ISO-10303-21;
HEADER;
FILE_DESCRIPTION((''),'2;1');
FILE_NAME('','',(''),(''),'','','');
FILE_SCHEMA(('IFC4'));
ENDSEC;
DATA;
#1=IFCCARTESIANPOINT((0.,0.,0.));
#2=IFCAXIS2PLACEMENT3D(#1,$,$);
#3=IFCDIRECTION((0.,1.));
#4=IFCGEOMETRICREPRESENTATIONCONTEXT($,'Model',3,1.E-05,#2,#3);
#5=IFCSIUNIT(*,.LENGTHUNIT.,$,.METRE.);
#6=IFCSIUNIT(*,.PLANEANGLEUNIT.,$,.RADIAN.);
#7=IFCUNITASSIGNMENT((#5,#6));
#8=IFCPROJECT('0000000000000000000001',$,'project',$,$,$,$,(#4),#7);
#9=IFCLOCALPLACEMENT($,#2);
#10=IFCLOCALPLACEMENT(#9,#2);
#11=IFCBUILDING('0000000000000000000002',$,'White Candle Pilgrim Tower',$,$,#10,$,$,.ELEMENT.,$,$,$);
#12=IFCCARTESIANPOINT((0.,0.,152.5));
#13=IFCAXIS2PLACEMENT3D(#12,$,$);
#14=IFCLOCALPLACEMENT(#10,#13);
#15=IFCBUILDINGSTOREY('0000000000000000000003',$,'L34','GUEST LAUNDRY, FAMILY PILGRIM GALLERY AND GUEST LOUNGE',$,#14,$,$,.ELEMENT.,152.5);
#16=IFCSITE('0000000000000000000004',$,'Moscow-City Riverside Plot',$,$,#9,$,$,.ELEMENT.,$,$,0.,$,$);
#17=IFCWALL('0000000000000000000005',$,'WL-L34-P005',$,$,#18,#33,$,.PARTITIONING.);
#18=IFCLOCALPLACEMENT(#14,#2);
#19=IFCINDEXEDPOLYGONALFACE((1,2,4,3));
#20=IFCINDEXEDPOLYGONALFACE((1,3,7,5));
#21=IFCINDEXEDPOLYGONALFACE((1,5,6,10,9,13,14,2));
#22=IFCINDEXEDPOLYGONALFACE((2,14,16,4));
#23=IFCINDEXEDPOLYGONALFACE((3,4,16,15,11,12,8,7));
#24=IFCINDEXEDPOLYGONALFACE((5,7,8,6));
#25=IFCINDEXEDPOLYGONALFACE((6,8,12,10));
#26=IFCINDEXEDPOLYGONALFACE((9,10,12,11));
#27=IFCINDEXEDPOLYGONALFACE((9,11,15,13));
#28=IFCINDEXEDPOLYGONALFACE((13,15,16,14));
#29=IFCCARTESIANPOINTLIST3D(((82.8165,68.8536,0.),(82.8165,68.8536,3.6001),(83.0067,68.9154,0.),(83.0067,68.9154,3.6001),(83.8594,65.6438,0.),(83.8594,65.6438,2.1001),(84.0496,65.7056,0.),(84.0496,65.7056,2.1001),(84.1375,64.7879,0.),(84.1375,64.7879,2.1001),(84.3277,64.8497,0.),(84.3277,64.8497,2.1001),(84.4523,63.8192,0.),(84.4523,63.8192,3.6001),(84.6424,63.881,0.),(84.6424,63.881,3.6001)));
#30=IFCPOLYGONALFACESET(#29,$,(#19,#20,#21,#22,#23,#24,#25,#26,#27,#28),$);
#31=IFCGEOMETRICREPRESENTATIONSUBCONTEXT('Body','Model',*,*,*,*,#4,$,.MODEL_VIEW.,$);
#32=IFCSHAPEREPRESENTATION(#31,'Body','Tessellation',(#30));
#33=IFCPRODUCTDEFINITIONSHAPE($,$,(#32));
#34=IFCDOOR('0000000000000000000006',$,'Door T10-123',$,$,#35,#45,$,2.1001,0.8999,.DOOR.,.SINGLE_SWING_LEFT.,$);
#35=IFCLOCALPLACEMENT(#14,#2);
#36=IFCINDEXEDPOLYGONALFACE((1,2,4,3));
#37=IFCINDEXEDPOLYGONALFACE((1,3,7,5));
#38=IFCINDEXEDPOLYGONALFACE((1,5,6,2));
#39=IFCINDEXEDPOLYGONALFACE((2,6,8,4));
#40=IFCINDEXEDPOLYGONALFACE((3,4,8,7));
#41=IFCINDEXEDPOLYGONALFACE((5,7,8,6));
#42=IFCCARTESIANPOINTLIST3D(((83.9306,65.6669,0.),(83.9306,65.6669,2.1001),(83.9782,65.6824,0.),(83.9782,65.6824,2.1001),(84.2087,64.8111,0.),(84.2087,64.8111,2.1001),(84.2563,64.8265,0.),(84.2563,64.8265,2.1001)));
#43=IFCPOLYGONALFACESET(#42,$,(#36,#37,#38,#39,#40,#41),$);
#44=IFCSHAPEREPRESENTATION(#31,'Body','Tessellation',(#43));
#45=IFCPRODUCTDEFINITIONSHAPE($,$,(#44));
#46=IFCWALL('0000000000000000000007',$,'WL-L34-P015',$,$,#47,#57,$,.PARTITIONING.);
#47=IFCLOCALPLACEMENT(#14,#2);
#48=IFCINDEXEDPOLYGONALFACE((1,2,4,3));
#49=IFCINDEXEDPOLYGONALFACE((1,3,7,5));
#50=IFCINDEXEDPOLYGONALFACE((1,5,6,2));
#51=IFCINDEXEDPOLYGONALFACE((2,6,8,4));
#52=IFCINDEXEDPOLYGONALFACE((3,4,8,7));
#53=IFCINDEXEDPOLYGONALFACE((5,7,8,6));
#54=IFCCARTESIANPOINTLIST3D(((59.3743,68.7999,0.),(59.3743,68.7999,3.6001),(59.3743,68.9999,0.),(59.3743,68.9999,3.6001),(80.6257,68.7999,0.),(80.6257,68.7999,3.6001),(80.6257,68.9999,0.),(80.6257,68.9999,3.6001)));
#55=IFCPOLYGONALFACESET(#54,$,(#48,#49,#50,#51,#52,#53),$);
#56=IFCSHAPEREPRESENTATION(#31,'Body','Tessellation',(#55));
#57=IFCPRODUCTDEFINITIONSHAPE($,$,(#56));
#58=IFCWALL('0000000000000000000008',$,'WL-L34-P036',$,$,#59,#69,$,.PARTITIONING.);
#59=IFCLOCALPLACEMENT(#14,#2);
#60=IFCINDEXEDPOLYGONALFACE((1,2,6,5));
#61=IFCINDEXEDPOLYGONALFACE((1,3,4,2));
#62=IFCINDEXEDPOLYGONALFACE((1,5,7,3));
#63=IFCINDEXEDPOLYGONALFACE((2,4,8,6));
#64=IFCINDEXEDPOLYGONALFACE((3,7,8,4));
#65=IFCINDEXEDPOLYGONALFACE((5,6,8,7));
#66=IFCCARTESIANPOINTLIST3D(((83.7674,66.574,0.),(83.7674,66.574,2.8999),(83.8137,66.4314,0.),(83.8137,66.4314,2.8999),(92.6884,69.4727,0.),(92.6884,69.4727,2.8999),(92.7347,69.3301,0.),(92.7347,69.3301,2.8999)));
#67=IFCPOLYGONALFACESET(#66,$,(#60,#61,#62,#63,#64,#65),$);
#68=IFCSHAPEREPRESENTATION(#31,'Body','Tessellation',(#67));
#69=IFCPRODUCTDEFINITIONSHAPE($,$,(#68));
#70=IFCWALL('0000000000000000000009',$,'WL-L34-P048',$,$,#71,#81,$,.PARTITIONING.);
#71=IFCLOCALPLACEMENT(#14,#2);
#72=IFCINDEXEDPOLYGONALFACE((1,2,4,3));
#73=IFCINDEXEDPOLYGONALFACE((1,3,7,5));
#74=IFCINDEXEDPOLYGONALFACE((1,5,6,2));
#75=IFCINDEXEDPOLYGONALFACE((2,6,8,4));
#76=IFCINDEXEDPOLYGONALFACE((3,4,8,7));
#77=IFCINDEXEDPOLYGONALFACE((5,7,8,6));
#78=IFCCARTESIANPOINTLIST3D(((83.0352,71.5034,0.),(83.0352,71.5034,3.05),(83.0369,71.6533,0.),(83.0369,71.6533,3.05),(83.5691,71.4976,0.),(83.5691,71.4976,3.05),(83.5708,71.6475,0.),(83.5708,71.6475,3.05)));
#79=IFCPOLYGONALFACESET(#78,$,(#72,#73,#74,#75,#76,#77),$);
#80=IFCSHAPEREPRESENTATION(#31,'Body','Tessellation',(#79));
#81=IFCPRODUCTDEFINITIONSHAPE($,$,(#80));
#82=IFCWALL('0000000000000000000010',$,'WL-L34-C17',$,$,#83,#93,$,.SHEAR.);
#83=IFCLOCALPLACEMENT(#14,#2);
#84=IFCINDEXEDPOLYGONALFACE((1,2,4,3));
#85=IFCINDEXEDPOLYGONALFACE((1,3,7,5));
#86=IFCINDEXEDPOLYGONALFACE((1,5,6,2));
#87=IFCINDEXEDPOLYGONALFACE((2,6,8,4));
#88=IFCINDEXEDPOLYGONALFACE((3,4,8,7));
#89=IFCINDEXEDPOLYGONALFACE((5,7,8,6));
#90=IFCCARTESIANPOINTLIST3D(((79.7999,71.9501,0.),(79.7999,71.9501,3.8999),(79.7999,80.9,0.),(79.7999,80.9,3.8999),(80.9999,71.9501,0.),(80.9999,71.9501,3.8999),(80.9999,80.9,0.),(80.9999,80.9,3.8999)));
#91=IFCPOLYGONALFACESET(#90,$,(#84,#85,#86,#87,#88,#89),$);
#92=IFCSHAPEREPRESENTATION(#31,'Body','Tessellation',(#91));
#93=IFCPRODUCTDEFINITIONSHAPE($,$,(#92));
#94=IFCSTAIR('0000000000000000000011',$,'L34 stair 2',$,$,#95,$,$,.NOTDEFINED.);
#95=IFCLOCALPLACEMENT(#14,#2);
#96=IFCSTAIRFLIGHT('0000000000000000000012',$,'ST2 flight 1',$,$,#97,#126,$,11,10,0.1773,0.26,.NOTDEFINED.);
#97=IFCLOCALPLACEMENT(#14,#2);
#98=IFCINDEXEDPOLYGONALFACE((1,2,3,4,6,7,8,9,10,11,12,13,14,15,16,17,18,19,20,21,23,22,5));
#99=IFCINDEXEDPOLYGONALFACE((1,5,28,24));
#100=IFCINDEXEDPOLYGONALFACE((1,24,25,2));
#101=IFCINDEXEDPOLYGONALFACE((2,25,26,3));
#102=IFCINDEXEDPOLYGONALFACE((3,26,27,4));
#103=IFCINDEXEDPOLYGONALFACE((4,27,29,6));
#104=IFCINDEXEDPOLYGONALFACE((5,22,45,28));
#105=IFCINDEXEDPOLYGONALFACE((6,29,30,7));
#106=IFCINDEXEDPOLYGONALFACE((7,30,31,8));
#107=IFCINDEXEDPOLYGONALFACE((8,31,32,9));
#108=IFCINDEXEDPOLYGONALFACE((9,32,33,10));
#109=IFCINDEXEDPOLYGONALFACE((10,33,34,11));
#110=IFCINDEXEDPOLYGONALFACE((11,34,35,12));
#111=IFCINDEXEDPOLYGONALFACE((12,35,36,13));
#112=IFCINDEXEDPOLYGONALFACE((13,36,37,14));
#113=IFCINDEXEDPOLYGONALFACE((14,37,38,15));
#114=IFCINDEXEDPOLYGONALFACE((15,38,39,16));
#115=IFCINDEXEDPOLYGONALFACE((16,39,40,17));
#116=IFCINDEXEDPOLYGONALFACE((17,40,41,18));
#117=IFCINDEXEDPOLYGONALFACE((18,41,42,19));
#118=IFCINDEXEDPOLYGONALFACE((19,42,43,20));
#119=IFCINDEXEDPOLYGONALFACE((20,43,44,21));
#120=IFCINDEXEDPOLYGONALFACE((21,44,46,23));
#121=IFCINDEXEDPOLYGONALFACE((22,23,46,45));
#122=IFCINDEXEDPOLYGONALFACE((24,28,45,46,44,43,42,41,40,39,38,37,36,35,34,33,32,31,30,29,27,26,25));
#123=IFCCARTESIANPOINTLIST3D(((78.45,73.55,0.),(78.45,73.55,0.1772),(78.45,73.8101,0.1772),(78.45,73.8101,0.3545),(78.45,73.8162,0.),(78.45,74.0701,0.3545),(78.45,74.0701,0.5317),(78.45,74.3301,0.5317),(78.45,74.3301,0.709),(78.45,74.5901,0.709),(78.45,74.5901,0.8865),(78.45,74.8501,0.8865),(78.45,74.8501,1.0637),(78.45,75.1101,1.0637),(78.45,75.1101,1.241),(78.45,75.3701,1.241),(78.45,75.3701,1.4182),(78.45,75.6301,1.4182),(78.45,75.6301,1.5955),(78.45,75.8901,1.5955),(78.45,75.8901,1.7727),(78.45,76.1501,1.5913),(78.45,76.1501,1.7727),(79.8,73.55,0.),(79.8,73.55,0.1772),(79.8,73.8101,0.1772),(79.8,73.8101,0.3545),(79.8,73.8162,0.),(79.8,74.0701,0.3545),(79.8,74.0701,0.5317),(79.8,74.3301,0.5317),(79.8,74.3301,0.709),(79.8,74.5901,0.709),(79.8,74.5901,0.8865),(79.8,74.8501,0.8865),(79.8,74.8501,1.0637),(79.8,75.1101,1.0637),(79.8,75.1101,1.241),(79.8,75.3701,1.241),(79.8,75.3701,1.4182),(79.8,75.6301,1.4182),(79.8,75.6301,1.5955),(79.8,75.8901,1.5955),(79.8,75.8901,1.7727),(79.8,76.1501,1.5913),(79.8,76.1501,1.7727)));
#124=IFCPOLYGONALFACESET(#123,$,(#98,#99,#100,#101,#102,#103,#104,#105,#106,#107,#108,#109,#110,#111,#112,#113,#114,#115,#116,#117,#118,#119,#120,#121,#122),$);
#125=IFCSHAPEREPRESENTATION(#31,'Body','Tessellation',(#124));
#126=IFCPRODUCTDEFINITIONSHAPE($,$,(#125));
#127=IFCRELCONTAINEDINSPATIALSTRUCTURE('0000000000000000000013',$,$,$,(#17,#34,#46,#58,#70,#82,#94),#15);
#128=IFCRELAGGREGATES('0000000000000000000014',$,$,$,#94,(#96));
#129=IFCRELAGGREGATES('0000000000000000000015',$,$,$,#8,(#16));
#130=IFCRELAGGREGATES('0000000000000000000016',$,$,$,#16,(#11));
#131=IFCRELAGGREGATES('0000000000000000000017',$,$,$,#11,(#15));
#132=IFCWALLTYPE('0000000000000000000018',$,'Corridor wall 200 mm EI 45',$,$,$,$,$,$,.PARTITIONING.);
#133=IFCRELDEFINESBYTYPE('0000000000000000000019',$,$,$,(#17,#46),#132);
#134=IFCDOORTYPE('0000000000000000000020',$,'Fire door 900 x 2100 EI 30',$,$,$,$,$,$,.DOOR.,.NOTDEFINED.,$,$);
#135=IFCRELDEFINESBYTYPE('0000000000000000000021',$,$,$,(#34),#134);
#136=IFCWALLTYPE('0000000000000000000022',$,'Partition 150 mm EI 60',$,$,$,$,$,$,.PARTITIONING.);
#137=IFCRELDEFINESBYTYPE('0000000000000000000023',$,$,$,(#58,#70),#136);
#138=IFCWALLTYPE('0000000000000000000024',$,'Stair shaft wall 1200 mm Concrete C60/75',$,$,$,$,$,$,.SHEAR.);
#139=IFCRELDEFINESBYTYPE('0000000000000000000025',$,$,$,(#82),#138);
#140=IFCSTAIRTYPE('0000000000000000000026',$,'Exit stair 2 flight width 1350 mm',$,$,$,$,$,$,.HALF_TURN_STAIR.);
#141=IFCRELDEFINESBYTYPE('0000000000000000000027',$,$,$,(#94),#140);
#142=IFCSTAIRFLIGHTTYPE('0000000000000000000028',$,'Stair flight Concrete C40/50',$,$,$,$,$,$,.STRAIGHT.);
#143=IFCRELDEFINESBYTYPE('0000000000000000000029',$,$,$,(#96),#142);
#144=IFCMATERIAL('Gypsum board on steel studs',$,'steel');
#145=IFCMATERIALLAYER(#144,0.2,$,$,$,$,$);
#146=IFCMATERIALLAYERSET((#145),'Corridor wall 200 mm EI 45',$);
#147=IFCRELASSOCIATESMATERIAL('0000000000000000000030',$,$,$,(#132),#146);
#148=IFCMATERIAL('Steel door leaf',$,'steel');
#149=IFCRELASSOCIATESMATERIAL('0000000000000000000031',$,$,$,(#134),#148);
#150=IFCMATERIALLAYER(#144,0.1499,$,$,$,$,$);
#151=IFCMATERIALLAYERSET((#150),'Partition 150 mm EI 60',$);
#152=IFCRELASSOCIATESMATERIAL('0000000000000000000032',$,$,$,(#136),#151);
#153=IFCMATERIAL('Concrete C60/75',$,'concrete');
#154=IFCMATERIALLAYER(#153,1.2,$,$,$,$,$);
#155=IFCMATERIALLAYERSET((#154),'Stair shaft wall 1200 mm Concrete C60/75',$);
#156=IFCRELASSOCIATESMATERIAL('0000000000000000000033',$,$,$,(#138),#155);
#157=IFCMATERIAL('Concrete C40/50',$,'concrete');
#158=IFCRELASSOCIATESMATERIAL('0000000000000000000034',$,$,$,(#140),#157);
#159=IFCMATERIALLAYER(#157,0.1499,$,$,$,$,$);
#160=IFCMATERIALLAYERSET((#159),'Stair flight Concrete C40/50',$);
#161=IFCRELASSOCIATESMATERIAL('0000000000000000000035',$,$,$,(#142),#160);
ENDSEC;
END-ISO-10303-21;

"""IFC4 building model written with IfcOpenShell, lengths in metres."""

from ifc_helpers import new_model, si_unit, direction, frame, frame_2d, origin, place, context, subcontext, project, spatial, polyline, rectangle, outline, extrude, material, layer, layer_set, type_object, element, fill, aggregate, save


model = new_model("IFC4")

# Units and contexts
model_context = context("Model", 3, precision=1e-05, world=origin(), true_north=direction((0.0, 1.0)))
body_context = subcontext(model_context, "Body", "Model", "MODEL_VIEW")
ifc_project = project(units=[si_unit("LENGTHUNIT", "METRE"), si_unit("PLANEANGLEUNIT", "RADIAN")], contexts=[model_context])

# Site, building, storey
site_placement = place(None, origin())
site = spatial("IfcSite", under=ifc_project, at=site_placement, Name="Moscow-City Riverside Plot", CompositionType="ELEMENT", RefElevation=0.0)
building_placement = place(site_placement, origin())
building = spatial("IfcBuilding", under=site, at=building_placement, Name="White Candle Pilgrim Tower", CompositionType="ELEMENT")
storey_placement = place(building_placement, frame((0.0, 0.0, 152.5)))
storey = spatial("IfcBuildingStorey", under=building, at=storey_placement, Name="L34", Description="GUEST LAUNDRY, FAMILY PILGRIM GALLERY AND GUEST LOUNGE", CompositionType="ELEMENT", Elevation=152.5)

# Wall, opening, door
ifc_material_1 = material(Name="Gypsum board on steel studs", Category="steel")
ifc_layer_1 = layer(ifc_material_1, 0.2)
ifc_layer_set_1 = layer_set([ifc_layer_1], Name="Corridor wall 200 mm EI 45")
wall_type_1 = type_object("IfcWallType", Name="Corridor wall 200 mm EI 45", PredefinedType="PARTITIONING", material=ifc_layer_set_1)
wall_1_placement = place(storey_placement, frame((82.9116, 68.8845, 0.0), z_axis=(0.0, 0.0, 1.0), x_axis=(0.30901, -0.951059, 0.0)))
wall_1 = element("IfcWall", 1, at=wall_1_placement, inside=storey, type_object=wall_type_1, Name="WL-L34-P005", PredefinedType="PARTITIONING", context=body_context, shape_type="SweptSolid", body=[
    extrude(rectangle(XDim=5.2935, YDim=0.2, at=frame_2d((2.6467, 0.0))), origin(), (0.0, 0.0, 1.0), 3.6001),
])
opening_placement = place(wall_1_placement, frame((3.375, 0.0, 0.0)))
opening = element("IfcOpeningElement", 2, at=opening_placement, cuts=wall_1, PredefinedType="OPENING", context=body_context, shape_type="SweptSolid", body=[
    extrude(rectangle(XDim=0.8999, YDim=2.1001, at=frame_2d((0.45, 1.05))), frame((0.0, 0.1099, 0.0), z_axis=(0.0, -1.0, 0.0), x_axis=(1.0, 0.0, 0.0)), (0.0, 0.0, 1.0), 0.22),
])
ifc_material_2 = material(Name="Steel door leaf", Category="steel")
door_type = type_object("IfcDoorType", Name="Fire door 900 x 2100 EI 30", OperationType="NOTDEFINED", PredefinedType="DOOR", material=ifc_material_2)
door_placement = place(opening_placement, origin())
door = element("IfcDoor", 3, at=door_placement, inside=storey, type_object=door_type, Name="Door T10-123", OperationType="SINGLE_SWING_LEFT", OverallHeight=2.1001, OverallWidth=0.8999, PredefinedType="DOOR", context=body_context, shape_type="SweptSolid", body=[
    extrude(rectangle(XDim=0.8999, YDim=2.1001, at=frame_2d((0.45, 1.05))), frame((0.0, 0.0249, 0.0), z_axis=(0.0, -1.0, 0.0), x_axis=(1.0, 0.0, 0.0)), (0.0, 0.0, 1.0), 0.05),
])
fill(opening, door)

# Walls
wall_2_placement = place(storey_placement, frame((80.6257, 68.8999, 0.0), z_axis=(0.0, 0.0, 1.0), x_axis=(-1.0, 0.0, 0.0)))
element("IfcWall", 4, at=wall_2_placement, inside=storey, type_object=wall_type_1, Name="WL-L34-P015", PredefinedType="PARTITIONING", context=body_context, shape_type="SweptSolid", body=[
    extrude(rectangle(XDim=21.2515, YDim=0.2, at=frame_2d((10.6257, 0.0))), origin(), (0.0, 0.0, 1.0), 3.6001),
])
ifc_layer_2 = layer(ifc_material_1, 0.1499)
ifc_layer_set_2 = layer_set([ifc_layer_2], Name="Partition 150 mm EI 60")
wall_type_2 = type_object("IfcWallType", Name="Partition 150 mm EI 60", PredefinedType="PARTITIONING", material=ifc_layer_set_2)
wall_3_placement = place(storey_placement, frame((92.7114, 69.4014, 0.0), z_axis=(0.0, 0.0, 1.0), x_axis=(-0.951053, -0.309027, 0.0)))
element("IfcWall", 5, at=wall_3_placement, inside=storey, type_object=wall_type_2, Name="WL-L34-P036", PredefinedType="PARTITIONING", context=body_context, shape_type="SweptSolid", body=[
    extrude(rectangle(XDim=9.3801, YDim=0.1499, at=frame_2d((4.6899, 0.0))), origin(), (0.0, 0.0, 1.0), 2.8999),
])
wall_4_placement = place(storey_placement, frame((83.5701, 71.5725, 0.0), z_axis=(0.0, 0.0, 1.0), x_axis=(-0.99994, 0.010973, 0.0)))
element("IfcWall", 6, at=wall_4_placement, inside=storey, type_object=wall_type_2, Name="WL-L34-P048", PredefinedType="PARTITIONING", context=body_context, shape_type="SweptSolid", body=[
    extrude(rectangle(XDim=0.5339, YDim=0.1499, at=frame_2d((0.2671, 0.0))), origin(), (0.0, 0.0, 1.0), 3.05),
])
ifc_material_3 = material(Name="Concrete C60/75", Category="concrete")
ifc_layer_3 = layer(ifc_material_3, 1.2)
ifc_layer_set_3 = layer_set([ifc_layer_3], Name="Stair shaft wall 1200 mm Concrete C60/75")
wall_type_3 = type_object("IfcWallType", Name="Stair shaft wall 1200 mm Concrete C60/75", PredefinedType="SHEAR", material=ifc_layer_set_3)
wall_5_placement = place(storey_placement, frame((80.3999, 71.95, 0.0), z_axis=(0.0, 0.0, 1.0), x_axis=(0.0, 1.0, 0.0)))
element("IfcWall", 7, at=wall_5_placement, inside=storey, type_object=wall_type_3, Name="WL-L34-C17", PredefinedType="SHEAR", context=body_context, shape_type="SweptSolid", body=[
    extrude(rectangle(XDim=8.95, YDim=1.2, at=frame_2d((4.4751, 0.0))), origin(), (0.0, 0.0, 1.0), 3.8999),
])

# Stair, stair flight
ifc_material_4 = material(Name="Concrete C40/50", Category="concrete")
stair_type = type_object("IfcStairType", Name="Exit stair 2 flight width 1350 mm", PredefinedType="HALF_TURN_STAIR", material=ifc_material_4)
stair_placement = place(storey_placement, origin())
stair = element("IfcStair", 8, at=stair_placement, inside=storey, type_object=stair_type, Name="L34 stair 2", PredefinedType="NOTDEFINED")
ifc_layer_4 = layer(ifc_material_4, 0.1499)
ifc_layer_set_4 = layer_set([ifc_layer_4], Name="Stair flight Concrete C40/50")
stair_flight_type = type_object("IfcStairFlightType", Name="Stair flight Concrete C40/50", PredefinedType="STRAIGHT", material=ifc_layer_set_4)
stair_flight_placement = place(storey_placement, frame((79.125, 73.55, 0.0), z_axis=(0.0, 0.0, 1.0), x_axis=(0.0, 1.0, 0.0)))
stair_flight = element("IfcStairFlight", 9, at=stair_flight_placement, type_object=stair_flight_type, Name="ST2 flight 1", NumberOfRisers=11, NumberOfTreads=10, PredefinedType="NOTDEFINED", RiserHeight=0.1773, TreadLength=0.26, context=body_context, shape_type="SweptSolid", body=[
    extrude(outline(polyline([(0.0, 0.0), (0.0, 0.1772), (0.26, 0.1772), (0.26, 0.3545), (0.52, 0.3545), (0.52, 0.5317), (0.78, 0.5317), (0.78, 0.709), (1.04, 0.709), (1.04, 0.8865), (1.3, 0.8865), (1.3, 1.0637), (1.5601, 1.0637), (1.5601, 1.241), (1.8201, 1.241), (1.8201, 1.4182), (2.0801, 1.4182), (2.0801, 1.5955), (2.3401, 1.5955), (2.3401, 1.7727), (2.6001, 1.7727), (2.6001, 1.95), (2.6001, 1.5913), (0.2661, 0.0), (0.0, 0.0)])), frame((0.0, 0.675, 0.0), z_axis=(0.0, -1.0, 0.0), x_axis=(1.0, 0.0, 0.0)), (0.0, 0.0, 1.0), 1.3501),
])
aggregate(stair, [stair_flight])

save(model, "model.ifc")
